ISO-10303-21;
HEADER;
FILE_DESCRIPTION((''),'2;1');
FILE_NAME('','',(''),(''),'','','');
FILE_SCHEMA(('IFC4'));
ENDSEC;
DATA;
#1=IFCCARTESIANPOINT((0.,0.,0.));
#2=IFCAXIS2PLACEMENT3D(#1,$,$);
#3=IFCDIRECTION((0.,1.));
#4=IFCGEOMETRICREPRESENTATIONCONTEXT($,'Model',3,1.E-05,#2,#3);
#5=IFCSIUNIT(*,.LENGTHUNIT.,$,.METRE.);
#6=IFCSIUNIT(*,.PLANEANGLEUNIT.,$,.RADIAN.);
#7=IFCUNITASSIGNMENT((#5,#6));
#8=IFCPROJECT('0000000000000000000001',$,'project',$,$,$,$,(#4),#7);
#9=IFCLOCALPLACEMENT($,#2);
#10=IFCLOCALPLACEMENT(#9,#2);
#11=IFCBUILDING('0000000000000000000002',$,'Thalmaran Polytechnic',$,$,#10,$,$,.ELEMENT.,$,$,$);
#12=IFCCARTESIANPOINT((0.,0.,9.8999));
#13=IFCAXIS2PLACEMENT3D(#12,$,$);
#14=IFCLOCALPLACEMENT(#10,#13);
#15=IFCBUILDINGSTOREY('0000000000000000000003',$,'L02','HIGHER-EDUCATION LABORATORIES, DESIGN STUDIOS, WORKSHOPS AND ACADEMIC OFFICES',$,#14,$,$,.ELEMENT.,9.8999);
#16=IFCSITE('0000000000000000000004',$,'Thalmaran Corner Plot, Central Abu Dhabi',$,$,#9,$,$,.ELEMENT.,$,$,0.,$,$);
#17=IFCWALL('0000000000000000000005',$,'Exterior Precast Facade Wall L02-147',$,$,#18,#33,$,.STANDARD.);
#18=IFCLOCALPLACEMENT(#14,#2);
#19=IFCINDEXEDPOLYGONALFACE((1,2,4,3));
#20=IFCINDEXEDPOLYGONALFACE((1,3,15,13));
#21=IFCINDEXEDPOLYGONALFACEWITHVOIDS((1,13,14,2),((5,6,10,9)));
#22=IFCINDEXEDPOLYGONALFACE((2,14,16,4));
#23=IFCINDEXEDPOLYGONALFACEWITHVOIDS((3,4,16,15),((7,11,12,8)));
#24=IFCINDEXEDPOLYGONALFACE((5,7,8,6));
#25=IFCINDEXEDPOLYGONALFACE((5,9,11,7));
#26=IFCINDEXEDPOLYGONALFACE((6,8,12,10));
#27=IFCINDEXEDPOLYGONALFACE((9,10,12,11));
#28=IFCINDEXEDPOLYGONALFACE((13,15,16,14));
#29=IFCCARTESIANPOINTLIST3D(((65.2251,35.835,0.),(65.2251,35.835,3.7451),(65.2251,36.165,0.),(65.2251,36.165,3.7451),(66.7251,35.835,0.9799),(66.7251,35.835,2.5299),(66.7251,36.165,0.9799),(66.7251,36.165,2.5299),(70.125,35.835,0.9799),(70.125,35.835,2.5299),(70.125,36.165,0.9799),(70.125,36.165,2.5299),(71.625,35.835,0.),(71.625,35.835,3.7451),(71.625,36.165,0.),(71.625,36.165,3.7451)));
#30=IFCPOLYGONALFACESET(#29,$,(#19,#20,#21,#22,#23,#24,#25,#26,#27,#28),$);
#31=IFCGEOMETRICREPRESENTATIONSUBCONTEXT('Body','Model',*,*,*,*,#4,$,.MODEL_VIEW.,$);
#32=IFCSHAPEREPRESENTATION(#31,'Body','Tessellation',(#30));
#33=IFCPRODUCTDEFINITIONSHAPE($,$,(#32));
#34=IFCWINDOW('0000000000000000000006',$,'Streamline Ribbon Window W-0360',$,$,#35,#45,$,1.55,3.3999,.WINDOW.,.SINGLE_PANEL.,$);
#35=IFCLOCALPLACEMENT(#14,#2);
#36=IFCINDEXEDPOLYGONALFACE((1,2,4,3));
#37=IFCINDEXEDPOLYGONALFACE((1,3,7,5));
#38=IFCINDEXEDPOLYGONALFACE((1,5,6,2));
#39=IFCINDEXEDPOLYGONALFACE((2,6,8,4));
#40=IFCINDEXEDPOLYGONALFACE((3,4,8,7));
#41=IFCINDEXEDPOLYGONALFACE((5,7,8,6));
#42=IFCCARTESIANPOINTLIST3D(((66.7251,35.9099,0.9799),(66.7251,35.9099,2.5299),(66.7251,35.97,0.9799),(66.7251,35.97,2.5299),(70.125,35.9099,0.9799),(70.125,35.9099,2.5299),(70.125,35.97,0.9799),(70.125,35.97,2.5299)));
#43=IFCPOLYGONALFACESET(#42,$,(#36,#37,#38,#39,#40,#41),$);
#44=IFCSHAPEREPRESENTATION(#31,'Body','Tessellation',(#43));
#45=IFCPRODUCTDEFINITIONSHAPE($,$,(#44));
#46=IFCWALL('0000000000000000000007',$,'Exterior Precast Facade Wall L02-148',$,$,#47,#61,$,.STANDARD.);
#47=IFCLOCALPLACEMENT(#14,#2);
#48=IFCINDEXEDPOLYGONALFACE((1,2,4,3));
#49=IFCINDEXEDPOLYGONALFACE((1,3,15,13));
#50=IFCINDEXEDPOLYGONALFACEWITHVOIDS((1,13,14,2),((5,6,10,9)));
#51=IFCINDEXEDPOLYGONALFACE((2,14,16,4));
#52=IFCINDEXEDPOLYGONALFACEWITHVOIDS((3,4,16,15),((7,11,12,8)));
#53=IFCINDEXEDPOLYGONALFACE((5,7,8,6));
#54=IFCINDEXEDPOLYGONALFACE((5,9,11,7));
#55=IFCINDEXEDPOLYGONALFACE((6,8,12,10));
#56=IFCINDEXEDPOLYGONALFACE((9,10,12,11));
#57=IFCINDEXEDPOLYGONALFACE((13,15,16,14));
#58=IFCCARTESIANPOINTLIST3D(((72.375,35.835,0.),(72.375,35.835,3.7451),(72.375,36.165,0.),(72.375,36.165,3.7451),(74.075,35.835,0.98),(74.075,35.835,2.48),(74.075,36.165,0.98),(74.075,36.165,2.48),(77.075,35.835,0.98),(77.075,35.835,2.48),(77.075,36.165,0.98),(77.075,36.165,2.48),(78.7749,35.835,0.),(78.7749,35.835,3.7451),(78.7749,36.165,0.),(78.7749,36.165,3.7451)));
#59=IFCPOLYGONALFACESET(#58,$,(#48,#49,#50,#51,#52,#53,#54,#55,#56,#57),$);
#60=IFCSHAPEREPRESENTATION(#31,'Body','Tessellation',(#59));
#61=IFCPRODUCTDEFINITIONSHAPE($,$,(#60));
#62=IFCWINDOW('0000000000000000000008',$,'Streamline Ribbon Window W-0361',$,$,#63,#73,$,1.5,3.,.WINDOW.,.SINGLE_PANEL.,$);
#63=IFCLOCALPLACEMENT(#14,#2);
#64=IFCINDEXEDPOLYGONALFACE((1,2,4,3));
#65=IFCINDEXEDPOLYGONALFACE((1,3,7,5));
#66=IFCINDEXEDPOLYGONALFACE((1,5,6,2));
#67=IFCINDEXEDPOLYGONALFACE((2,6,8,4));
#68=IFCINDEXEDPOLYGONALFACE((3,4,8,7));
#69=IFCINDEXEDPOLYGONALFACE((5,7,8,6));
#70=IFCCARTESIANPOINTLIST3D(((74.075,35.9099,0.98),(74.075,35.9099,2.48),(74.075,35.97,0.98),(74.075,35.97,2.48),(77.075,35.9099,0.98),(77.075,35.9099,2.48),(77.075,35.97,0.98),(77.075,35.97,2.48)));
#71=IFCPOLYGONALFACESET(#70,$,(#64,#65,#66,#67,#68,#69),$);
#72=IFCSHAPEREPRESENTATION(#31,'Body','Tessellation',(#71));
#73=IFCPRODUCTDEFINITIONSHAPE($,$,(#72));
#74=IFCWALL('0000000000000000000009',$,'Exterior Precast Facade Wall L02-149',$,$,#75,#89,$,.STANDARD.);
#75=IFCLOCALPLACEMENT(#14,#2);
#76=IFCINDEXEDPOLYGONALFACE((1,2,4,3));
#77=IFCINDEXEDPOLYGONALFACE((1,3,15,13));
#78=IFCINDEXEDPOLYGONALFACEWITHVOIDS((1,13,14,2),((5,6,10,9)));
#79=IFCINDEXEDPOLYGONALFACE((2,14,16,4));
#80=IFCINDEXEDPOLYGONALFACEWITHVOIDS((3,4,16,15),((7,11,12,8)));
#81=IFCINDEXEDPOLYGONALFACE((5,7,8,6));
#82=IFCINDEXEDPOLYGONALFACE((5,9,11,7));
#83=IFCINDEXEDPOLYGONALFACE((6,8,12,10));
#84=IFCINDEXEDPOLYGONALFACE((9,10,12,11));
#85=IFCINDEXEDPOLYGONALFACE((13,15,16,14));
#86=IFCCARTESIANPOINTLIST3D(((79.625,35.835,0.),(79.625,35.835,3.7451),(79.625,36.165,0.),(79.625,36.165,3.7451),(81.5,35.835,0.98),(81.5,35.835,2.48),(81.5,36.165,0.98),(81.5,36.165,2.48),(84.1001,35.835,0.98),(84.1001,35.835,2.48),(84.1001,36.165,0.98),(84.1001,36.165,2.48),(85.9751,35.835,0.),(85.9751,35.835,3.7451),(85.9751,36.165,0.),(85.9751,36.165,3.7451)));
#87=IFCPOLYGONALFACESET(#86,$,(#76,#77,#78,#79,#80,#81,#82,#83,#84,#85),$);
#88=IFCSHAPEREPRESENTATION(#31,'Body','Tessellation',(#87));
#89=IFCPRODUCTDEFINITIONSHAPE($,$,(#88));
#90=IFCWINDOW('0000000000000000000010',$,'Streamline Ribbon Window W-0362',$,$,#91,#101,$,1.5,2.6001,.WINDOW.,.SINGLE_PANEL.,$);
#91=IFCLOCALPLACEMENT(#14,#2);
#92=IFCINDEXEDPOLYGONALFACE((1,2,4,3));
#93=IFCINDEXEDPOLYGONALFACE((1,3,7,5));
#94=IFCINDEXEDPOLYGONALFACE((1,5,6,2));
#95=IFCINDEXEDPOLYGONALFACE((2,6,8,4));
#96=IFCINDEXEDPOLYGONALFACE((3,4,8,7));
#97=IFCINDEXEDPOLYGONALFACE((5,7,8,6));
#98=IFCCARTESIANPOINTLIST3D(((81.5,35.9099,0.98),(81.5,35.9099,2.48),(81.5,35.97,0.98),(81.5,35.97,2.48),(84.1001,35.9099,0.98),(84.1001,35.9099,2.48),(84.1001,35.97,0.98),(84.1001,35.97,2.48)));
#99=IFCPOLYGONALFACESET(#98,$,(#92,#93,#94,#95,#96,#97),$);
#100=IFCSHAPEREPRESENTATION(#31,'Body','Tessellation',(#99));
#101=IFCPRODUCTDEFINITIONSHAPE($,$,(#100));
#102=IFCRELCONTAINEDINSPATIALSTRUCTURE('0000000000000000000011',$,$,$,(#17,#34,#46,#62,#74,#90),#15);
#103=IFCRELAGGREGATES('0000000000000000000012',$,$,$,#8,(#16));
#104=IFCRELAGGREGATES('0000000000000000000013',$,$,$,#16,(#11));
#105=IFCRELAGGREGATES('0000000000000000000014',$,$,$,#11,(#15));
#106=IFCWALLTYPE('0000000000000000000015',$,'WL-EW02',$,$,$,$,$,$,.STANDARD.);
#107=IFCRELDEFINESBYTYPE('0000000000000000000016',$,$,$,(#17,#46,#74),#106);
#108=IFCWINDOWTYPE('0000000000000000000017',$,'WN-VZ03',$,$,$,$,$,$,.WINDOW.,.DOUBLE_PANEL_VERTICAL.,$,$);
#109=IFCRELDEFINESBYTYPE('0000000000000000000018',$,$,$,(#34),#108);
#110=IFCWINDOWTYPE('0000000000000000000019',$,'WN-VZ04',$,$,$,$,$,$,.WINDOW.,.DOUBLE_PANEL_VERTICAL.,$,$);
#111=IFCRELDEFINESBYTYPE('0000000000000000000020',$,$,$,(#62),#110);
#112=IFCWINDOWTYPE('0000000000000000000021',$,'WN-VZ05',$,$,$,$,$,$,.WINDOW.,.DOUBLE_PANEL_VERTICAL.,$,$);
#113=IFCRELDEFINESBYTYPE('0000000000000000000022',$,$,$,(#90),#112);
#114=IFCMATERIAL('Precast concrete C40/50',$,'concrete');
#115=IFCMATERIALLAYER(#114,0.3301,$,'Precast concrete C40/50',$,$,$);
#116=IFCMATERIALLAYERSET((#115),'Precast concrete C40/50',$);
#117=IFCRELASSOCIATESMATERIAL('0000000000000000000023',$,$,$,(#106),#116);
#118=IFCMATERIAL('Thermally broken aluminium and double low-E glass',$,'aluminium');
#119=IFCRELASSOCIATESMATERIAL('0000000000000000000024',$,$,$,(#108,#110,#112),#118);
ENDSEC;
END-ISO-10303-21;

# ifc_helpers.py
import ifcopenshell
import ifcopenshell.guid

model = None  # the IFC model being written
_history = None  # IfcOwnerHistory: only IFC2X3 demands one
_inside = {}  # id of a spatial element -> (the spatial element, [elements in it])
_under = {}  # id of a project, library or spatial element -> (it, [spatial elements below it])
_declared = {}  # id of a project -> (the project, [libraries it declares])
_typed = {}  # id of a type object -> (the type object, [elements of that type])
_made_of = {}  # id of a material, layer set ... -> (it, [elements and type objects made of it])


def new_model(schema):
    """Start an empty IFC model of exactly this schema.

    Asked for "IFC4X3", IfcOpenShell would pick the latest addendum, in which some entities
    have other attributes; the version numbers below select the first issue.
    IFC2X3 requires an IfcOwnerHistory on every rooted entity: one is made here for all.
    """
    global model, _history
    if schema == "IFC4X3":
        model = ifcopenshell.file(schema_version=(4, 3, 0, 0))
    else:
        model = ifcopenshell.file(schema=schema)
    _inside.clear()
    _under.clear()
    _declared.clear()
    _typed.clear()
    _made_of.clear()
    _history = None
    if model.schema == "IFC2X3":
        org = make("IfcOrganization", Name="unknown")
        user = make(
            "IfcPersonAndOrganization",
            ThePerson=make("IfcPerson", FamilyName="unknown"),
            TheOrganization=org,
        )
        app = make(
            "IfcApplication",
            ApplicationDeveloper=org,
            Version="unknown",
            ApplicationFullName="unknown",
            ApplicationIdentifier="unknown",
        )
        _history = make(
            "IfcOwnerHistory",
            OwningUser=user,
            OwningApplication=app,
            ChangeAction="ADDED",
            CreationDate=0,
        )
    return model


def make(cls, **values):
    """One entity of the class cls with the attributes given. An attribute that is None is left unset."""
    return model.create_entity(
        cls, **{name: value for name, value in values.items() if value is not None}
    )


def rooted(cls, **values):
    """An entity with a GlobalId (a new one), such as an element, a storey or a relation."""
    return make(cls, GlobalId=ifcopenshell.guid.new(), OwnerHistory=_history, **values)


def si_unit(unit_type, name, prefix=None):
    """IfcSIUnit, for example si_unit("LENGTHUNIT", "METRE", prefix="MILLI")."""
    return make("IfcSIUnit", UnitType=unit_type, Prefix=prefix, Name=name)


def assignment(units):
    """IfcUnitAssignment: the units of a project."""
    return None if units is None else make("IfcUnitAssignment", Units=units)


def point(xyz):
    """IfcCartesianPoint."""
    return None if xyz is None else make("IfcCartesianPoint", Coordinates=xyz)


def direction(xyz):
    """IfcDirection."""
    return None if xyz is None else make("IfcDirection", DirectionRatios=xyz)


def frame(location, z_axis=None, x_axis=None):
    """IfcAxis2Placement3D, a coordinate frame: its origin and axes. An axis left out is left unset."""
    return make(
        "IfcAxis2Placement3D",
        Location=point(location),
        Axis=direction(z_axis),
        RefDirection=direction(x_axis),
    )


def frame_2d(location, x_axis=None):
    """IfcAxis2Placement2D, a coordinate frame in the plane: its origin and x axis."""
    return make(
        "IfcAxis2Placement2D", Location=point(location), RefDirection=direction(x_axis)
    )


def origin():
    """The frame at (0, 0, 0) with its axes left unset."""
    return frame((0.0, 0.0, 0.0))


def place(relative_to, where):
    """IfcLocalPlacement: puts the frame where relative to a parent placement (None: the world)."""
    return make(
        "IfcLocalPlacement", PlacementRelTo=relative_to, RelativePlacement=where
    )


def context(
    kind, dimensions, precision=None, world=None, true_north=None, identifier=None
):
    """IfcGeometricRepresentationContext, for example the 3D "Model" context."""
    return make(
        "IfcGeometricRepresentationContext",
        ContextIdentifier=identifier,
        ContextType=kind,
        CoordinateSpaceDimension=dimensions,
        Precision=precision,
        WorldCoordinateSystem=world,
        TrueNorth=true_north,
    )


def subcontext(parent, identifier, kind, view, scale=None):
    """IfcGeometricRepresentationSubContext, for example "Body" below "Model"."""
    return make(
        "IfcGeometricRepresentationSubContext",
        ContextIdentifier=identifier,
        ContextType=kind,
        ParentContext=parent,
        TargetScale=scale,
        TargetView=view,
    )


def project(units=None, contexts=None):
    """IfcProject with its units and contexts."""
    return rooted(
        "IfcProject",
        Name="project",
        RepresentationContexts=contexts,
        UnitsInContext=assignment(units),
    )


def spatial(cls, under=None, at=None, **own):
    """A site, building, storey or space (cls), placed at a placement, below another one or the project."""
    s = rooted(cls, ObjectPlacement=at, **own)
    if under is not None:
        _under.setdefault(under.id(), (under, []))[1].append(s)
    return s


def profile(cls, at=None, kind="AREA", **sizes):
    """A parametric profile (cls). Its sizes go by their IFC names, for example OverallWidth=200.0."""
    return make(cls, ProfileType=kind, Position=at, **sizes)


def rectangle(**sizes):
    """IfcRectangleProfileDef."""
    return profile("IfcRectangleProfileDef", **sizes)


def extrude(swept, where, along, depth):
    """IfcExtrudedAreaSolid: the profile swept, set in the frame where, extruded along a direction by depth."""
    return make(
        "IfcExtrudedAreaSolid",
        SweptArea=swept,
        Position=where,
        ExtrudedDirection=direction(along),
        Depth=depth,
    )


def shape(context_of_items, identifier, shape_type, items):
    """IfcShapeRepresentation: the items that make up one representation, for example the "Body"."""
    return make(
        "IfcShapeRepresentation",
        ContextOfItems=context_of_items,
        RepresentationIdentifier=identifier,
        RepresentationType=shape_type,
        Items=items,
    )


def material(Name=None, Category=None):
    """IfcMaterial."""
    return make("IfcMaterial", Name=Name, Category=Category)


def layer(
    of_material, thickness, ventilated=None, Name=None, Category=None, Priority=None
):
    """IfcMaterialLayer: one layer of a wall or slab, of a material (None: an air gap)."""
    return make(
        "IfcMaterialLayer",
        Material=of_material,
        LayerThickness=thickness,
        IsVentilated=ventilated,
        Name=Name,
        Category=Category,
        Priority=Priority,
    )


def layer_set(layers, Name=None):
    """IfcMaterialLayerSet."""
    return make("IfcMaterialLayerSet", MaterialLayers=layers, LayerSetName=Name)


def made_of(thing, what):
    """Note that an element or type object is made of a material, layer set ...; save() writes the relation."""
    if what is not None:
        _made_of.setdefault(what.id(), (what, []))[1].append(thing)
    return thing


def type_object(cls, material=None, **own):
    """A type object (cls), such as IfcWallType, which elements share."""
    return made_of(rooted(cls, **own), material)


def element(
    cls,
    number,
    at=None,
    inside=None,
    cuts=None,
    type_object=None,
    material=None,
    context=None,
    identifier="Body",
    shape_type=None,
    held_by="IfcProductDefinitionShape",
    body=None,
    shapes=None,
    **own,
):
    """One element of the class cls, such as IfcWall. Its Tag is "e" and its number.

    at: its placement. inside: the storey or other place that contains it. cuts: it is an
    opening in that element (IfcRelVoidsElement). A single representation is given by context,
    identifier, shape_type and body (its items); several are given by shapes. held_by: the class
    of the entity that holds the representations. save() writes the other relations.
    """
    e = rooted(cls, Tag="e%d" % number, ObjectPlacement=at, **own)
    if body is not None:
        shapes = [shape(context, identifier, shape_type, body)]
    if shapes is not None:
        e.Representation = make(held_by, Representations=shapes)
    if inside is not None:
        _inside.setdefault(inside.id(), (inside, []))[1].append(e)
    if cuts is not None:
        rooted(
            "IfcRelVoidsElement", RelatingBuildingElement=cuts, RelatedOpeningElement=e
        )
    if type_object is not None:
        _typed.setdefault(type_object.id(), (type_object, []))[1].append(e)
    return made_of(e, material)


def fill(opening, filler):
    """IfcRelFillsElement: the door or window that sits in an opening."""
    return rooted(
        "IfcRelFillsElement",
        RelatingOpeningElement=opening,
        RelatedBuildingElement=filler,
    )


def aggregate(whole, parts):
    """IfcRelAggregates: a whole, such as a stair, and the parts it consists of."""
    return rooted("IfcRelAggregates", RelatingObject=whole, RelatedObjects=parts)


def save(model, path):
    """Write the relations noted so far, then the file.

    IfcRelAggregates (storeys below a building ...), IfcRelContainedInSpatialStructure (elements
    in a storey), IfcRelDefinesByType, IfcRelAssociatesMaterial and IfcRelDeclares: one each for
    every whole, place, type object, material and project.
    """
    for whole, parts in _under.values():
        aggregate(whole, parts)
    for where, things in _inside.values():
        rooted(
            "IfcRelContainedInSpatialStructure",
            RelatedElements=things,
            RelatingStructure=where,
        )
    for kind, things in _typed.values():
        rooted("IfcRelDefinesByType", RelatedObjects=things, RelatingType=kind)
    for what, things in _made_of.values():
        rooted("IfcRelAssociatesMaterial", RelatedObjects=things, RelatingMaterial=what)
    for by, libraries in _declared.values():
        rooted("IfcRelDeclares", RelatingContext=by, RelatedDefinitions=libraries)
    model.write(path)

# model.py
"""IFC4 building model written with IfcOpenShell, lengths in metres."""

from ifc_helpers import new_model, si_unit, direction, frame, frame_2d, origin, place, context, subcontext, project, spatial, rectangle, extrude, material, layer, layer_set, type_object, element, fill, save


model = new_model("IFC4")

# Units and contexts
model_context = context("Model", 3, precision=1e-05, world=origin(), true_north=direction((0.0, 1.0)))
body_context = subcontext(model_context, "Body", "Model", "MODEL_VIEW")
ifc_project = project(units=[si_unit("LENGTHUNIT", "METRE"), si_unit("PLANEANGLEUNIT", "RADIAN")], contexts=[model_context])

# Site, building, storey
site_placement = place(None, origin())
site = spatial("IfcSite", under=ifc_project, at=site_placement, Name="Thalmaran Corner Plot, Central Abu Dhabi", CompositionType="ELEMENT", RefElevation=0.0)
building_placement = place(site_placement, origin())
building = spatial("IfcBuilding", under=site, at=building_placement, Name="Thalmaran Polytechnic", CompositionType="ELEMENT")
storey_placement = place(building_placement, frame((0.0, 0.0, 9.8999)))
storey = spatial("IfcBuildingStorey", under=building, at=storey_placement, Name="L02", Description="HIGHER-EDUCATION LABORATORIES, DESIGN STUDIOS, WORKSHOPS AND ACADEMIC OFFICES", CompositionType="ELEMENT", Elevation=9.8999)

# Walls, openings, windows
ifc_material_1 = material(Name="Precast concrete C40/50", Category="concrete")
ifc_layer = layer(ifc_material_1, 0.3301, Name="Precast concrete C40/50")
ifc_layer_set = layer_set([ifc_layer], Name="Precast concrete C40/50")
wall_type = type_object("IfcWallType", Name="WL-EW02", PredefinedType="STANDARD", material=ifc_layer_set)
wall_1_placement = place(storey_placement, frame((65.2251, 36.0, 0.0), z_axis=(0.0, 0.0, 1.0), x_axis=(1.0, 0.0, 0.0)))
wall_1 = element("IfcWall", 1, at=wall_1_placement, inside=storey, type_object=wall_type, Name="Exterior Precast Facade Wall L02-147", PredefinedType="STANDARD", context=body_context, shape_type="SweptSolid", body=[
    extrude(rectangle(XDim=6.3999, YDim=0.3301, at=frame_2d((3.2, 0.0))), origin(), (0.0, 0.0, 1.0), 3.7451),
])
opening_1_placement = place(wall_1_placement, frame((1.5, 0.0, 0.98)))
opening_1 = element("IfcOpeningElement", 2, at=opening_1_placement, cuts=wall_1, PredefinedType="OPENING", context=body_context, shape_type="SweptSolid", body=[
    extrude(rectangle(XDim=3.3999, YDim=1.55, at=frame_2d((1.7, 0.7749))), frame((0.0, 0.175, 0.0), z_axis=(0.0, -1.0, 0.0), x_axis=(1.0, 0.0, 0.0)), (0.0, 0.0, 1.0), 0.3501),
])
ifc_material_2 = material(Name="Thermally broken aluminium and double low-E glass", Category="aluminium")
window_type_1 = type_object("IfcWindowType", Name="WN-VZ03", PartitioningType="DOUBLE_PANEL_VERTICAL", PredefinedType="WINDOW", material=ifc_material_2)
window_1_placement = place(opening_1_placement, origin())
window_1 = element("IfcWindow", 3, at=window_1_placement, inside=storey, type_object=window_type_1, Name="Streamline Ribbon Window W-0360", OverallHeight=1.55, OverallWidth=3.3999, PartitioningType="SINGLE_PANEL", PredefinedType="WINDOW", context=body_context, shape_type="SweptSolid", body=[
    extrude(rectangle(XDim=3.3999, YDim=1.55, at=frame_2d((1.7, 0.7749))), frame((0.0, -0.03, 0.0), z_axis=(0.0, -1.0, 0.0), x_axis=(1.0, 0.0, 0.0)), (0.0, 0.0, 1.0), 0.0601),
])
fill(opening_1, window_1)
wall_2_placement = place(storey_placement, frame((72.375, 36.0, 0.0), z_axis=(0.0, 0.0, 1.0), x_axis=(1.0, 0.0, 0.0)))
wall_2 = element("IfcWall", 4, at=wall_2_placement, inside=storey, type_object=wall_type, Name="Exterior Precast Facade Wall L02-148", PredefinedType="STANDARD", context=body_context, shape_type="SweptSolid", body=[
    extrude(rectangle(XDim=6.3999, YDim=0.3301, at=frame_2d((3.2, 0.0))), origin(), (0.0, 0.0, 1.0), 3.7451),
])
opening_2_placement = place(wall_2_placement, frame((1.7, 0.0, 0.98)))
opening_2 = element("IfcOpeningElement", 5, at=opening_2_placement, cuts=wall_2, PredefinedType="OPENING", context=body_context, shape_type="SweptSolid", body=[
    extrude(rectangle(XDim=3.0, YDim=1.5, at=frame_2d((1.5, 0.75))), frame((0.0, 0.175, 0.0), z_axis=(0.0, -1.0, 0.0), x_axis=(1.0, 0.0, 0.0)), (0.0, 0.0, 1.0), 0.3501),
])
window_type_2 = type_object("IfcWindowType", Name="WN-VZ04", PartitioningType="DOUBLE_PANEL_VERTICAL", PredefinedType="WINDOW", material=ifc_material_2)
window_2_placement = place(opening_2_placement, origin())
window_2 = element("IfcWindow", 6, at=window_2_placement, inside=storey, type_object=window_type_2, Name="Streamline Ribbon Window W-0361", OverallHeight=1.5, OverallWidth=3.0, PartitioningType="SINGLE_PANEL", PredefinedType="WINDOW", context=body_context, shape_type="SweptSolid", body=[
    extrude(rectangle(XDim=3.0, YDim=1.5, at=frame_2d((1.5, 0.75))), frame((0.0, -0.03, 0.0), z_axis=(0.0, -1.0, 0.0), x_axis=(1.0, 0.0, 0.0)), (0.0, 0.0, 1.0), 0.0601),
])
fill(opening_2, window_2)
wall_3_placement = place(storey_placement, frame((79.625, 36.0, 0.0), z_axis=(0.0, 0.0, 1.0), x_axis=(1.0, 0.0, 0.0)))
wall_3 = element("IfcWall", 7, at=wall_3_placement, inside=storey, type_object=wall_type, Name="Exterior Precast Facade Wall L02-149", PredefinedType="STANDARD", context=body_context, shape_type="SweptSolid", body=[
    extrude(rectangle(XDim=6.3501, YDim=0.3301, at=frame_2d((3.175, 0.0))), origin(), (0.0, 0.0, 1.0), 3.7451),
])
opening_3_placement = place(wall_3_placement, frame((1.875, 0.0, 0.98)))
opening_3 = element("IfcOpeningElement", 8, at=opening_3_placement, cuts=wall_3, PredefinedType="OPENING", context=body_context, shape_type="SweptSolid", body=[
    extrude(rectangle(XDim=2.6001, YDim=1.5, at=frame_2d((1.3, 0.75))), frame((0.0, 0.175, 0.0), z_axis=(0.0, -1.0, 0.0), x_axis=(1.0, 0.0, 0.0)), (0.0, 0.0, 1.0), 0.3501),
])
window_type_3 = type_object("IfcWindowType", Name="WN-VZ05", PartitioningType="DOUBLE_PANEL_VERTICAL", PredefinedType="WINDOW", material=ifc_material_2)
window_3_placement = place(opening_3_placement, origin())
window_3 = element("IfcWindow", 9, at=window_3_placement, inside=storey, type_object=window_type_3, Name="Streamline Ribbon Window W-0362", OverallHeight=1.5, OverallWidth=2.6001, PartitioningType="SINGLE_PANEL", PredefinedType="WINDOW", context=body_context, shape_type="SweptSolid", body=[
    extrude(rectangle(XDim=2.6001, YDim=1.5, at=frame_2d((1.3, 0.75))), frame((0.0, -0.03, 0.0), z_axis=(0.0, -1.0, 0.0), x_axis=(1.0, 0.0, 0.0)), (0.0, 0.0, 1.0), 0.0601),
])
fill(opening_3, window_3)

save(model, "model.ifc")
